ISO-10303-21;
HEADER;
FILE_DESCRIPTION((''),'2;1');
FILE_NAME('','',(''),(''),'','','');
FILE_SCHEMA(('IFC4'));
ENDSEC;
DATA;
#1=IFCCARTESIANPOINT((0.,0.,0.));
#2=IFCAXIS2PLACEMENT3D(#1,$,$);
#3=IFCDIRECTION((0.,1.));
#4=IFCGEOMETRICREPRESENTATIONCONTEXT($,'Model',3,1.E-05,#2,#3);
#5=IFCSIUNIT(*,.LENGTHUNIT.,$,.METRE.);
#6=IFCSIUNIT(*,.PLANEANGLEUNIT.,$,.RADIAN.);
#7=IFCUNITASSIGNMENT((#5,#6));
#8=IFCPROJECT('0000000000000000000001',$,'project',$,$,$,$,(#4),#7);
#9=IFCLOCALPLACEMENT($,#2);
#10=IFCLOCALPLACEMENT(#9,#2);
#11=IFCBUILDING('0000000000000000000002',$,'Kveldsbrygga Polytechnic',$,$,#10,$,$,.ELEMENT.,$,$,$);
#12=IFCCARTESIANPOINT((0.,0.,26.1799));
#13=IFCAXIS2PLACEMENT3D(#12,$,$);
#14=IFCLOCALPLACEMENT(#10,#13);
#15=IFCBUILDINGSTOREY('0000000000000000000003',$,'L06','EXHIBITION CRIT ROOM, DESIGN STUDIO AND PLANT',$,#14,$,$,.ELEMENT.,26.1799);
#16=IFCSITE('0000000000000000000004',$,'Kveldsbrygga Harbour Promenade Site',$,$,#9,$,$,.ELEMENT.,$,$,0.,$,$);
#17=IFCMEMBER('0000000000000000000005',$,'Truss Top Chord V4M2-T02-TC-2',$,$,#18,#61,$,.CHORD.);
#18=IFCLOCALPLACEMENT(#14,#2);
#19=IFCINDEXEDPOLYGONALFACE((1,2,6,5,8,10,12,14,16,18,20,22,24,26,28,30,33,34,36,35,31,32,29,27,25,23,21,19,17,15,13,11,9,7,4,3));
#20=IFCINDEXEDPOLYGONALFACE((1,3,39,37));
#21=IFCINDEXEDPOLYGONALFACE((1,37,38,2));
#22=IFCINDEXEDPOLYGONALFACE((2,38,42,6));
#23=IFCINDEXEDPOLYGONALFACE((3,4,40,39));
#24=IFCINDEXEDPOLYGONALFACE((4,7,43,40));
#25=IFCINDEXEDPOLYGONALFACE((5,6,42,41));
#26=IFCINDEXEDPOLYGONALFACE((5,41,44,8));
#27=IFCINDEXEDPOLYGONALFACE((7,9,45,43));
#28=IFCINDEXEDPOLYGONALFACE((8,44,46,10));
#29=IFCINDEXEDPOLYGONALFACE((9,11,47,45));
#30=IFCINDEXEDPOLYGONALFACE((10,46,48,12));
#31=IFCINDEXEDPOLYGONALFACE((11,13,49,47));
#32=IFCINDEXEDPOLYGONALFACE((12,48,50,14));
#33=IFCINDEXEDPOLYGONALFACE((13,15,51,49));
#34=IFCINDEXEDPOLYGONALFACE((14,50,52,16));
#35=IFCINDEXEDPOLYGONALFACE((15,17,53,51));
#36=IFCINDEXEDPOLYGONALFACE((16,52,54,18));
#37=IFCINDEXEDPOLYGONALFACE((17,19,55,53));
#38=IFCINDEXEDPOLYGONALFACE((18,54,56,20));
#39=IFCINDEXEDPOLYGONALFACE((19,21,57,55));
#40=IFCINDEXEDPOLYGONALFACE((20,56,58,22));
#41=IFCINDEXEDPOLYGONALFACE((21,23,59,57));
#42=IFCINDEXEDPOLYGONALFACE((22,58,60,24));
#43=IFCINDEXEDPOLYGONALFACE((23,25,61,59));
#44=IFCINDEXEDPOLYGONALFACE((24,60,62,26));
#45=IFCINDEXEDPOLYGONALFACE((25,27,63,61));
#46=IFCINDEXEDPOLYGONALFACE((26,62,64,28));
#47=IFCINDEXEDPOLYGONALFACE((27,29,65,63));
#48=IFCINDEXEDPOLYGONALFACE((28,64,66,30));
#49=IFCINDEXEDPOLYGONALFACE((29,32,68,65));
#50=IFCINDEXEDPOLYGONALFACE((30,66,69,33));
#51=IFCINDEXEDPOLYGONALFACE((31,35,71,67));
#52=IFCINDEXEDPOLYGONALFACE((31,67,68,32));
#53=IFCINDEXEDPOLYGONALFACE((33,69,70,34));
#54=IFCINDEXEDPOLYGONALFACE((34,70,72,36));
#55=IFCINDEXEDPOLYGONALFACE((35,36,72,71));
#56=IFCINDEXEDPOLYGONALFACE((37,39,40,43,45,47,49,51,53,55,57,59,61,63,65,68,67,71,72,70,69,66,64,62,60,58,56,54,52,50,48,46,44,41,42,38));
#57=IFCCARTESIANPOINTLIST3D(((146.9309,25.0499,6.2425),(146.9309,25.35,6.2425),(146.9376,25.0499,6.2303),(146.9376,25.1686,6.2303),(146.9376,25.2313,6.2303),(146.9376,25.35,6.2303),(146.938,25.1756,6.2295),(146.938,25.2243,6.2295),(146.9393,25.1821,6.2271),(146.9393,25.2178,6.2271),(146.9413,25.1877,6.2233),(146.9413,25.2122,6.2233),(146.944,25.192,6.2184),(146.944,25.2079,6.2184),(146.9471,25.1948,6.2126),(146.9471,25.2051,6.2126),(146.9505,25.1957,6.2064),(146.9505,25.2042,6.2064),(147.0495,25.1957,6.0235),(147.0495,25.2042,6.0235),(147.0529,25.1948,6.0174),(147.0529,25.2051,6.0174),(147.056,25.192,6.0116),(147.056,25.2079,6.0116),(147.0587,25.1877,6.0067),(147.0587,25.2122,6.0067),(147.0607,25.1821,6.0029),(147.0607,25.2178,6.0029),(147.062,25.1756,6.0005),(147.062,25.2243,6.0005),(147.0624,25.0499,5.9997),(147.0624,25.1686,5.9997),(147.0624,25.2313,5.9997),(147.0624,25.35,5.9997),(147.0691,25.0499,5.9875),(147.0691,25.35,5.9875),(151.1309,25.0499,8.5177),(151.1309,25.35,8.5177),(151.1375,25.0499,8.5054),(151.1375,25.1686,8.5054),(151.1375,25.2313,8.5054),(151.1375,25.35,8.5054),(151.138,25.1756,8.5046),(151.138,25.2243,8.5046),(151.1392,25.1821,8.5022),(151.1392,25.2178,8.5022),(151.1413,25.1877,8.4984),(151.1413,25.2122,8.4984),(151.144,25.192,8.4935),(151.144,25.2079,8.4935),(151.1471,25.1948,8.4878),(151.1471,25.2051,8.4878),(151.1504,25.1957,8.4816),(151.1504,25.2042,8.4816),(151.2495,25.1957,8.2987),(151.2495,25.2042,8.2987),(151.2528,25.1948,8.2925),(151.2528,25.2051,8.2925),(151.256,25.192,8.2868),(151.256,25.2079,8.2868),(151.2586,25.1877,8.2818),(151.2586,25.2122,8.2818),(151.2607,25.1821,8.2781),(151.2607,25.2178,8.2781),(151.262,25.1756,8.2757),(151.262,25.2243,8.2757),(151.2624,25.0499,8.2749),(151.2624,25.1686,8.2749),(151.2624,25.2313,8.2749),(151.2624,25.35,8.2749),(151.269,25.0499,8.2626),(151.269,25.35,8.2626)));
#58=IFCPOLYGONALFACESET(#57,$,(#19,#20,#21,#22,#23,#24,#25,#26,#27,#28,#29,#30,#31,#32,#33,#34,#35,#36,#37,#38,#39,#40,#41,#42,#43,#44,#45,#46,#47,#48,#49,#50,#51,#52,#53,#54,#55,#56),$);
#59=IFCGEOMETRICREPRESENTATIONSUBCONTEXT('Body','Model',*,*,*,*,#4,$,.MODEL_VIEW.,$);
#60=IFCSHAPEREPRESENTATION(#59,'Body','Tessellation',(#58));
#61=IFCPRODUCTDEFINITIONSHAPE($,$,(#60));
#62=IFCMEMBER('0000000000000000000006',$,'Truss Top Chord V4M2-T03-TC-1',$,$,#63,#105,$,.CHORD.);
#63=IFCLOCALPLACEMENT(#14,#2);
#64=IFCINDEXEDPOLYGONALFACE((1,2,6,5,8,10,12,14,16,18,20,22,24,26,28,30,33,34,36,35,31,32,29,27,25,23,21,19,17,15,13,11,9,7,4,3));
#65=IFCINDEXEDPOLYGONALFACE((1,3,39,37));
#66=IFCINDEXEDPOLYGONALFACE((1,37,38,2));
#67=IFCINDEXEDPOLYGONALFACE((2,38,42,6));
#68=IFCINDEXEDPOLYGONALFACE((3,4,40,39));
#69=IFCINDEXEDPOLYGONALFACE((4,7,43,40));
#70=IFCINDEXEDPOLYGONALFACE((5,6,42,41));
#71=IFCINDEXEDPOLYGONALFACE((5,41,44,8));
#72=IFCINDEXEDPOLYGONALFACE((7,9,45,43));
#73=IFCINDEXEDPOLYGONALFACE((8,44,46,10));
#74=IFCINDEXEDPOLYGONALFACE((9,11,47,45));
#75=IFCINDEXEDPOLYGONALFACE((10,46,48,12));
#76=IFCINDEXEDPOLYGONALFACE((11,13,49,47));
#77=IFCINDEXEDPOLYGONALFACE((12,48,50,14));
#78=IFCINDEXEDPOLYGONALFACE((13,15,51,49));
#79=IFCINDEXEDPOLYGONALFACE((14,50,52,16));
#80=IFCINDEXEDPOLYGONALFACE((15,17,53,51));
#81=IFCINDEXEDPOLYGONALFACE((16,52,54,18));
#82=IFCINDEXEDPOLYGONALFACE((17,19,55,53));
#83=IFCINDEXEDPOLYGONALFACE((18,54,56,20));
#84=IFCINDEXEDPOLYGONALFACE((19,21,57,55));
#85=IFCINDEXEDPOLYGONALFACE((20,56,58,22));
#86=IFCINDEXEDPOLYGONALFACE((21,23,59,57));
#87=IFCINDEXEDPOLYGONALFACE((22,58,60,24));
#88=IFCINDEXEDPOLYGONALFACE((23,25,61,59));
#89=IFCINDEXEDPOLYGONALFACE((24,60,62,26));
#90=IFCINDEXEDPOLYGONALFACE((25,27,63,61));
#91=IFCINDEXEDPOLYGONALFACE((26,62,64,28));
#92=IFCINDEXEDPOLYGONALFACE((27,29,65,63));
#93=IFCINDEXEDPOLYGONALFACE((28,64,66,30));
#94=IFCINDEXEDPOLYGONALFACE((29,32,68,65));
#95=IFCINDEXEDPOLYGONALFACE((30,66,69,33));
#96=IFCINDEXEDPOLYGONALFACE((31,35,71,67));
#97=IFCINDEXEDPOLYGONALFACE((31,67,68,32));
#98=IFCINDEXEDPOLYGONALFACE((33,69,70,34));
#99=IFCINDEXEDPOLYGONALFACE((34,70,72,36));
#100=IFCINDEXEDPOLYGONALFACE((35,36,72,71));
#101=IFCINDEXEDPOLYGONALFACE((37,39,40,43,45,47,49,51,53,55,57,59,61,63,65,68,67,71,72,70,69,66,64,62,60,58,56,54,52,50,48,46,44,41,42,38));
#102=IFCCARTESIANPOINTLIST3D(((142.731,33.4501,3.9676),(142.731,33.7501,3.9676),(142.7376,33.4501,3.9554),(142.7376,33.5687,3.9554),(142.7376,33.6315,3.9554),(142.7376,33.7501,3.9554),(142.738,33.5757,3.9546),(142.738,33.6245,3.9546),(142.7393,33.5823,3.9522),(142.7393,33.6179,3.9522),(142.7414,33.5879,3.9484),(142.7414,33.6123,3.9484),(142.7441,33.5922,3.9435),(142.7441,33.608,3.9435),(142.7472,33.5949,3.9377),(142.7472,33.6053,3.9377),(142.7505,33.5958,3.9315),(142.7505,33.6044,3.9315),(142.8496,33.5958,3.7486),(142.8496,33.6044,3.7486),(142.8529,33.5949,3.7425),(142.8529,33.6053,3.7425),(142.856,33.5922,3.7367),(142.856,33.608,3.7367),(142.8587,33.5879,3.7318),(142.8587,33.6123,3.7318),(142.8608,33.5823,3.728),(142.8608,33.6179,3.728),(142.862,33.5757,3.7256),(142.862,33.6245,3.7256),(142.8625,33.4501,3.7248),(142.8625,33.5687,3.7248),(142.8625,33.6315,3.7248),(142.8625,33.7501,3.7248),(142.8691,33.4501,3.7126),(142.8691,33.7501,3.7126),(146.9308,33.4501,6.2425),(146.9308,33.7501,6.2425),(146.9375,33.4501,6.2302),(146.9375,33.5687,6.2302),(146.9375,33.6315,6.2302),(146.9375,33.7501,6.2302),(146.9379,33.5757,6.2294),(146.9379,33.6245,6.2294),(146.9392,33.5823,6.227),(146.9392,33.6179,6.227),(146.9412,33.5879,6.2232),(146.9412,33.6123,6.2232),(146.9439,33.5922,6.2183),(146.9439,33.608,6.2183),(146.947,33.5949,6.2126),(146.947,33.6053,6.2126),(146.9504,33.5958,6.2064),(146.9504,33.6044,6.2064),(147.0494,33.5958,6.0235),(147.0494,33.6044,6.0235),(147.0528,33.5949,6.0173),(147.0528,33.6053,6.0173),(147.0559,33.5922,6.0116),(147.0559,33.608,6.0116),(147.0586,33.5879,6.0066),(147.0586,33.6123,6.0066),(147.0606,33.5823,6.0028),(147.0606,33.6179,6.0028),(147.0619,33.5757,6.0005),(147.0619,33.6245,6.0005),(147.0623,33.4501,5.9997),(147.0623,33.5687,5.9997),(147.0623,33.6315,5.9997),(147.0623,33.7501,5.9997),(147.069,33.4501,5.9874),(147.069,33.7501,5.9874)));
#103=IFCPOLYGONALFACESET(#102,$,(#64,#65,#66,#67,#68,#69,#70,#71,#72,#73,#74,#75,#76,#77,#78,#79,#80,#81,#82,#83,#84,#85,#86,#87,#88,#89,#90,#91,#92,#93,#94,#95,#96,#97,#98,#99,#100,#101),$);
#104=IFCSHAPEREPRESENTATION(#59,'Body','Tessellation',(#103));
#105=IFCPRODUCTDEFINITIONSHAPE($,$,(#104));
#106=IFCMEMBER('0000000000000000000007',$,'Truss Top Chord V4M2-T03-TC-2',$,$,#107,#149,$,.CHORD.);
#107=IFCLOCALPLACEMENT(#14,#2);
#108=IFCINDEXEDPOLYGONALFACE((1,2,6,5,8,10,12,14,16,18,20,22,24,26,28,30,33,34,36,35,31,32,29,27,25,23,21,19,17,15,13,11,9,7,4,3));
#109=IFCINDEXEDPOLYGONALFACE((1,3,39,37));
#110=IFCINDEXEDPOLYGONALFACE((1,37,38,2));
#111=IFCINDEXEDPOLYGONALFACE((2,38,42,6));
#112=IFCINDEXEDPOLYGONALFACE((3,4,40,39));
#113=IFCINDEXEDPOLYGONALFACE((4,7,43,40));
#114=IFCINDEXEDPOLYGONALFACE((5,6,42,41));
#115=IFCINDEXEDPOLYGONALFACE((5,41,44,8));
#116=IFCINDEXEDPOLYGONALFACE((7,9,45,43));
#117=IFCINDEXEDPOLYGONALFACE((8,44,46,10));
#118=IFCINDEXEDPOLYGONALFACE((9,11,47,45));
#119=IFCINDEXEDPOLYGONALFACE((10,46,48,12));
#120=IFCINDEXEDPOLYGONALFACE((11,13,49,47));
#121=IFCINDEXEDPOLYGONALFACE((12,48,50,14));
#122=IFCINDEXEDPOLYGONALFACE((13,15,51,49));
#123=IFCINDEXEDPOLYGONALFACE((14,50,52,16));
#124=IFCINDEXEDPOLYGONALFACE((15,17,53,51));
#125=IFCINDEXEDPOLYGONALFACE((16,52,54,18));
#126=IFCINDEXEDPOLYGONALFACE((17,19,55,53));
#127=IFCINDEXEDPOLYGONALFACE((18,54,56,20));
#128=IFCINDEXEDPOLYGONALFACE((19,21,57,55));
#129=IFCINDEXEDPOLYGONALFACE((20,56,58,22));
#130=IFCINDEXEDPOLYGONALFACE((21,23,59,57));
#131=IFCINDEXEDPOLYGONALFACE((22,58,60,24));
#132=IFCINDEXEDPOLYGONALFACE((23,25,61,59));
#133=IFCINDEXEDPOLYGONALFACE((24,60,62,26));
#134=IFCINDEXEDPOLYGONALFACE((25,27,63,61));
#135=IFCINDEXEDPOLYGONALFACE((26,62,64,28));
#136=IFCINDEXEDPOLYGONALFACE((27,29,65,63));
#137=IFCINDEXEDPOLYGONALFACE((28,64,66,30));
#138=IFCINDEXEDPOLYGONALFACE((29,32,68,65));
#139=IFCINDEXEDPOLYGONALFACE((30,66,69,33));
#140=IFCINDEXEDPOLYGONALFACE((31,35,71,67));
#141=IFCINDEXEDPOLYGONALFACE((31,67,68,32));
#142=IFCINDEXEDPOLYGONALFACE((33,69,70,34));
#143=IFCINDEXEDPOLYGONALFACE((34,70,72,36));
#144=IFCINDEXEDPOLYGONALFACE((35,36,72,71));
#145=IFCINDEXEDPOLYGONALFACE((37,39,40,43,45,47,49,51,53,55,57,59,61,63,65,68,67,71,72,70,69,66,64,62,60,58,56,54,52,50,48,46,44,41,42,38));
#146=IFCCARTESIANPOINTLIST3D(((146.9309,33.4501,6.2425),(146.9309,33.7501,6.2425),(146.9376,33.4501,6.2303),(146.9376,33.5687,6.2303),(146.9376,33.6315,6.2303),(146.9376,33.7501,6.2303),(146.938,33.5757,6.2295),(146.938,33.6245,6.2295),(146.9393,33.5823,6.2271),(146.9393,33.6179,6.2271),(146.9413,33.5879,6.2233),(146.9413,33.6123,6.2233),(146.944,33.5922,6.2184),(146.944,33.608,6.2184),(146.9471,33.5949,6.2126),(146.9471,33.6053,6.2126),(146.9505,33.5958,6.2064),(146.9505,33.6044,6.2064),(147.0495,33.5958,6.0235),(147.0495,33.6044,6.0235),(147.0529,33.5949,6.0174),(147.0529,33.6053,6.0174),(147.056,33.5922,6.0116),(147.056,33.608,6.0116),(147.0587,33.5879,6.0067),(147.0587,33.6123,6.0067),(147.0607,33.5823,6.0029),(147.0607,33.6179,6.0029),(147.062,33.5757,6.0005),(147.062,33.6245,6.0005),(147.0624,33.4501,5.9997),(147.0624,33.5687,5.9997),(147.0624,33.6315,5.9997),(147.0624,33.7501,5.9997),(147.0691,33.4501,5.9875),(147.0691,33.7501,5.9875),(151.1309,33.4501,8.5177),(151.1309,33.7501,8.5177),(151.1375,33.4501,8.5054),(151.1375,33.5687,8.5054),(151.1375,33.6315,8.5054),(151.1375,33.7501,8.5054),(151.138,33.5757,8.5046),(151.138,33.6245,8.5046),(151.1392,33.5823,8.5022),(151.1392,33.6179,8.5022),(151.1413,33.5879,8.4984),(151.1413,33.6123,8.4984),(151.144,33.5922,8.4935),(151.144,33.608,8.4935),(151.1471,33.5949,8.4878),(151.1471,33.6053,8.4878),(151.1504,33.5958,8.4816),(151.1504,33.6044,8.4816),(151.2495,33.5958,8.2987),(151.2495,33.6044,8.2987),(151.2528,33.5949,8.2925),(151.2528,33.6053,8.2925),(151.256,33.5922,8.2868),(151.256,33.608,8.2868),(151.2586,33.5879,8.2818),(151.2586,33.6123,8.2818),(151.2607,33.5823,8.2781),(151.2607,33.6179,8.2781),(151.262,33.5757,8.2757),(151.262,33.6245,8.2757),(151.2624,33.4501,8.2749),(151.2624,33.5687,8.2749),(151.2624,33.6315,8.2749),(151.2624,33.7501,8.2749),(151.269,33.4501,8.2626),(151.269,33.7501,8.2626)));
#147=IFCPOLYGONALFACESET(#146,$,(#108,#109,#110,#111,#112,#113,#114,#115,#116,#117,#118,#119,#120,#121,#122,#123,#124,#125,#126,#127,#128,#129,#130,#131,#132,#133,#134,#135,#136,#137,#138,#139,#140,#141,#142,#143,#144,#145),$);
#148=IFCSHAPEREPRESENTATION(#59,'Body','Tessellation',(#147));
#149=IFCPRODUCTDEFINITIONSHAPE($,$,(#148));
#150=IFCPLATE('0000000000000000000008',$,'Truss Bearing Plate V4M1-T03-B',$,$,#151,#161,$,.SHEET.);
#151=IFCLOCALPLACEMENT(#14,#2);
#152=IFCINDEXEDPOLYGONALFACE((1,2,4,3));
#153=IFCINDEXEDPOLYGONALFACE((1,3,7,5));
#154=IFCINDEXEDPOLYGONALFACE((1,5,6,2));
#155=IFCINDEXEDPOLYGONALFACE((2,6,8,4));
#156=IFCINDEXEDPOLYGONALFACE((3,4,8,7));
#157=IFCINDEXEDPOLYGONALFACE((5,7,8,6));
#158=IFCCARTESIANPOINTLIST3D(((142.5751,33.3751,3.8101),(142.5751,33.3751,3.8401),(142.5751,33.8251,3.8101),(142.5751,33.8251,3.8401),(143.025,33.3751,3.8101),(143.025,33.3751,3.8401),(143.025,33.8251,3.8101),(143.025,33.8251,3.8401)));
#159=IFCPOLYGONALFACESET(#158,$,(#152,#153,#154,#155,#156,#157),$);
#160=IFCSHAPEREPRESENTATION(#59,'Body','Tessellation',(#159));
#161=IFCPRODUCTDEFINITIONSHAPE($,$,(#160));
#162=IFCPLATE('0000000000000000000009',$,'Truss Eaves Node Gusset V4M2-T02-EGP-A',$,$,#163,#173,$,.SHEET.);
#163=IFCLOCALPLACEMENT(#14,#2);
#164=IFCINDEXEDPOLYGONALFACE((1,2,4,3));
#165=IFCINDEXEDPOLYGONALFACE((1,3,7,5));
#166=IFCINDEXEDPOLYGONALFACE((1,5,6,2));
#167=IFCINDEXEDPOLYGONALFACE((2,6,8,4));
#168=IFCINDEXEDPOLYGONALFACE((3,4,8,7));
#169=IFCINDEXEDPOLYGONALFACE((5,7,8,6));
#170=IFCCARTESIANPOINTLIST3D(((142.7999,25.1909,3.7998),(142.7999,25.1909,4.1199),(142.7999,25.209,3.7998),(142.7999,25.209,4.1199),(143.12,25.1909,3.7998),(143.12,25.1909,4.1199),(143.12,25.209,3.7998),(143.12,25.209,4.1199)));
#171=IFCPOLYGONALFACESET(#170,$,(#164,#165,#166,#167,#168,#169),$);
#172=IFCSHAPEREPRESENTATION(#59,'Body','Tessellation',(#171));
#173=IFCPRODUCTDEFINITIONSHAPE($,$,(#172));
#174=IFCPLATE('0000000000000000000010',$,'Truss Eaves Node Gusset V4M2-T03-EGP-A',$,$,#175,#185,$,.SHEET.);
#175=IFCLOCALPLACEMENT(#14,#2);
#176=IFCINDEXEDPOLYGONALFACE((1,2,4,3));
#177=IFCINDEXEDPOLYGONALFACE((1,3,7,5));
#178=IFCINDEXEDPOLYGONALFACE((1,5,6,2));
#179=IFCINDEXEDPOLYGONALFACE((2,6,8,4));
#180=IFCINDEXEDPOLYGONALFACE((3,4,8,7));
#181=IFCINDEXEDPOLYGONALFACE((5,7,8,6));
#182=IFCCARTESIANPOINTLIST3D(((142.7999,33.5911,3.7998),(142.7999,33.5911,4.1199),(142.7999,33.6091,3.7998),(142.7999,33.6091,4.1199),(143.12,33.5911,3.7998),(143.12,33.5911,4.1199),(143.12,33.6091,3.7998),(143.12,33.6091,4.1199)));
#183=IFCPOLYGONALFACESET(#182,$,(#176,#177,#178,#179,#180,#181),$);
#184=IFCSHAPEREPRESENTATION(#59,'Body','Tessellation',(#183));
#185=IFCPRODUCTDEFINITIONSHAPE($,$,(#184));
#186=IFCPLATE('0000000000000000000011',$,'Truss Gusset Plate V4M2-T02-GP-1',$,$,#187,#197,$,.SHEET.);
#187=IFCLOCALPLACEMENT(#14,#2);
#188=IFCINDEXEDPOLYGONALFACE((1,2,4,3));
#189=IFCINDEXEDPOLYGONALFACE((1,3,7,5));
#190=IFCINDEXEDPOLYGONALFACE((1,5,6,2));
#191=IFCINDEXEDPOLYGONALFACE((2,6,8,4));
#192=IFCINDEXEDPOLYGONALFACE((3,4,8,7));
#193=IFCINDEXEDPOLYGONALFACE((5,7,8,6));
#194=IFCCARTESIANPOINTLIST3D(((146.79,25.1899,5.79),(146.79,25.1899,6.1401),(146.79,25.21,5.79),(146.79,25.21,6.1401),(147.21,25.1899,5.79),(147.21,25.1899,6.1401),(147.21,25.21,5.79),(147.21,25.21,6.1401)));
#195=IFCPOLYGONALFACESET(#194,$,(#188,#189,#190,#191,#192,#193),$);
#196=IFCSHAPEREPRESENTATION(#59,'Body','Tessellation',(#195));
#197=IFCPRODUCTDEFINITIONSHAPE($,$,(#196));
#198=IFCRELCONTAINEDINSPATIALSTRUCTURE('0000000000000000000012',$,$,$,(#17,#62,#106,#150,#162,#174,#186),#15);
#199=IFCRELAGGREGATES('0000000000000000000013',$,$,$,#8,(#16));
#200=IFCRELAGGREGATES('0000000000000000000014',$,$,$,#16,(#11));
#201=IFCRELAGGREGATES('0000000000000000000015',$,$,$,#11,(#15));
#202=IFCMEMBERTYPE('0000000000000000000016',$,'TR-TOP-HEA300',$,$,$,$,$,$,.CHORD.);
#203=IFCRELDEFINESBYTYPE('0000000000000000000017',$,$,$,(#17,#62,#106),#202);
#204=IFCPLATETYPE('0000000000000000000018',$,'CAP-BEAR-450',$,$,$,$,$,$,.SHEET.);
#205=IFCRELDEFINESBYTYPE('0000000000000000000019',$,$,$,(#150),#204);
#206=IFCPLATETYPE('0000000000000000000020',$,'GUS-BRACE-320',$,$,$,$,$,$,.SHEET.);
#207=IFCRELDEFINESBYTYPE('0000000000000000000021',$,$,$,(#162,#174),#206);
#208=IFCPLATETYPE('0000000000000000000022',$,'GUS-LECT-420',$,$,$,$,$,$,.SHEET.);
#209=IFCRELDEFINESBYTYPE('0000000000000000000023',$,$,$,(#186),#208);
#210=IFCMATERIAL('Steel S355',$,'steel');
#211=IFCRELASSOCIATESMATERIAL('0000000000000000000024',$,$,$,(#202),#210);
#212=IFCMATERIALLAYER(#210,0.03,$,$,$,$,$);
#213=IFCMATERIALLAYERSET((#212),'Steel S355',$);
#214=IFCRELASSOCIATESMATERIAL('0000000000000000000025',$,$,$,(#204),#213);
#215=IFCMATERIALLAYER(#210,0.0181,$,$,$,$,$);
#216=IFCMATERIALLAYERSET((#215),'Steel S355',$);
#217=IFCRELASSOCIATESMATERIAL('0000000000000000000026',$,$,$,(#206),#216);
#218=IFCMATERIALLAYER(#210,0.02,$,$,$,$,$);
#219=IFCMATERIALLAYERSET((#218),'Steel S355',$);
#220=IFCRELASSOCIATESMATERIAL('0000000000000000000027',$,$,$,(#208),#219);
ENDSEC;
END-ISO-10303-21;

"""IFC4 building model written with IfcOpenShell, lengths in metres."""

from ifc_helpers import new_model, si_unit, direction, frame, origin, origin_2d, place, context, subcontext, project, spatial, rectangle, i_section, extrude, material, layer, layer_set, material_profile, profile_set, type_object, element, save


model = new_model("IFC4")

# Units and contexts
model_context = context("Model", 3, precision=1e-05, world=origin(), true_north=direction((0.0, 1.0)))
body_context = subcontext(model_context, "Body", "Model", "MODEL_VIEW")
ifc_project = project(units=[si_unit("LENGTHUNIT", "METRE"), si_unit("PLANEANGLEUNIT", "RADIAN")], contexts=[model_context])

# Site, building, storey
site_placement = place(None, origin())
site = spatial("IfcSite", under=ifc_project, at=site_placement, Name="Kveldsbrygga Harbour Promenade Site", CompositionType="ELEMENT", RefElevation=0.0)
building_placement = place(site_placement, origin())
building = spatial("IfcBuilding", under=site, at=building_placement, Name="Kveldsbrygga Polytechnic", CompositionType="ELEMENT")
storey_placement = place(building_placement, frame((0.0, 0.0, 26.1799)))
storey = spatial("IfcBuildingStorey", under=building, at=storey_placement, Name="L06", Description="EXHIBITION CRIT ROOM, DESIGN STUDIO AND PLANT", CompositionType="ELEMENT", Elevation=26.1799)

# Shared definitions
ifc_material_1 = material(Name="Steel S355", Category="steel")

# Members
ifc_material_profile_1 = material_profile(ifc_material_1, i_section(OverallWidth=0.3, OverallDepth=0.29, WebThickness=0.0085, FlangeThickness=0.0139, FilletRadius=0.0271, at=origin_2d()), Name="HEA 300")
ifc_profile_set_1 = profile_set([ifc_material_profile_1], Name="Steel S355")
member_type_1 = type_object("IfcMemberType", Name="TR-TOP-HEA300", PredefinedType="CHORD", material=ifc_profile_set_1)
member_1_placement = place(storey_placement, frame((147.0, 25.2, 6.115), z_axis=(0.879277, 0.0, 0.476311), x_axis=(0.0, 1.0, 0.0)))
element("IfcMember", 1, at=member_1_placement, inside=storey, type_object=member_type_1, Name="Truss Top Chord V4M2-T02-TC-2", PredefinedType="CHORD", context=body_context, shape_type="SweptSolid", body=[
    extrude(i_section(OverallWidth=0.3, OverallDepth=0.29, WebThickness=0.0085, FlangeThickness=0.0139, FilletRadius=0.0271, at=origin_2d()), origin(), (0.0, 0.0, 1.0), 4.7766),
])
member_2_placement = place(storey_placement, frame((142.8, 33.6001, 3.8401), z_axis=(0.879298, 0.0, 0.476272), x_axis=(0.0, 1.0, 0.0)))
element("IfcMember", 2, at=member_2_placement, inside=storey, type_object=member_type_1, Name="Truss Top Chord V4M2-T03-TC-1", PredefinedType="CHORD", context=body_context, shape_type="SweptSolid", body=[
    extrude(i_section(OverallWidth=0.3, OverallDepth=0.29, WebThickness=0.0085, FlangeThickness=0.0139, FilletRadius=0.0271, at=origin_2d()), origin(), (0.0, 0.0, 1.0), 4.7764),
])
member_3_placement = place(storey_placement, frame((147.0, 33.6001, 6.115), z_axis=(0.879277, 0.0, 0.476311), x_axis=(0.0, 1.0, 0.0)))
element("IfcMember", 3, at=member_3_placement, inside=storey, type_object=member_type_1, Name="Truss Top Chord V4M2-T03-TC-2", PredefinedType="CHORD", context=body_context, shape_type="SweptSolid", body=[
    extrude(i_section(OverallWidth=0.3, OverallDepth=0.29, WebThickness=0.0085, FlangeThickness=0.0139, FilletRadius=0.0271, at=origin_2d()), origin(), (0.0, 0.0, 1.0), 4.7766),
])

# Plates
ifc_layer_1 = layer(ifc_material_1, 0.03)
ifc_layer_set_1 = layer_set([ifc_layer_1], Name="Steel S355")
plate_type_1 = type_object("IfcPlateType", Name="CAP-BEAR-450", PredefinedType="SHEET", material=ifc_layer_set_1)
plate_placement = place(storey_placement, frame((142.8, 33.6001, 3.8101), z_axis=(0.0, 0.0, 1.0), x_axis=(1.0, 0.0, 0.0)))
element("IfcPlate", 4, at=plate_placement, inside=storey, type_object=plate_type_1, Name="Truss Bearing Plate V4M1-T03-B", PredefinedType="SHEET", context=body_context, shape_type="SweptSolid", body=[
    extrude(rectangle(XDim=0.45, YDim=0.45, at=origin_2d()), origin(), (0.0, 0.0, 1.0), 0.03),
])
ifc_layer_2 = layer(ifc_material_1, 0.0181)
ifc_layer_set_2 = layer_set([ifc_layer_2], Name="Steel S355")
plate_type_2 = type_object("IfcPlateType", Name="GUS-BRACE-320", PredefinedType="SHEET", material=ifc_layer_set_2)
for number, where, z_axis, x_axis, name in (
    (5, (142.96, 25.2, 3.7998), (0.0, 0.0, 1.0), (1.0, 0.0, 0.0), "Truss Eaves Node Gusset V4M2-T02-EGP-A"),
    (6, (142.96, 33.6001, 3.7998), (0.0, 0.0, 1.0), (1.0, 0.0, 0.0), "Truss Eaves Node Gusset V4M2-T03-EGP-A"),
):
    element("IfcPlate", number, at=place(storey_placement, frame(where, z_axis=z_axis, x_axis=x_axis)), inside=storey, type_object=plate_type_2, Name=name, PredefinedType="SHEET", context=body_context, shape_type="SweptSolid", body=[
        extrude(rectangle(XDim=0.3201, YDim=0.0181, at=origin_2d()), origin(), (0.0, 0.0, 1.0), 0.3201),
    ])
ifc_layer_3 = layer(ifc_material_1, 0.02)
ifc_layer_set_3 = layer_set([ifc_layer_3], Name="Steel S355")
plate_type_3 = type_object("IfcPlateType", Name="GUS-LECT-420", PredefinedType="SHEET", material=ifc_layer_set_3)
for number, where, z_axis, x_axis, name in (
    (7, (147.0, 25.2, 5.79), (0.0, 0.0, 1.0), (1.0, 0.0, 0.0), "Truss Gusset Plate V4M2-T02-GP-1"),
):
    element("IfcPlate", number, at=place(storey_placement, frame(where, z_axis=z_axis, x_axis=x_axis)), inside=storey, type_object=plate_type_3, Name=name, PredefinedType="SHEET", context=body_context, shape_type="SweptSolid", body=[
        extrude(rectangle(XDim=0.4199, YDim=0.02, at=origin_2d()), origin(), (0.0, 0.0, 1.0), 0.3501),
    ])

save(model, "model.ifc")
